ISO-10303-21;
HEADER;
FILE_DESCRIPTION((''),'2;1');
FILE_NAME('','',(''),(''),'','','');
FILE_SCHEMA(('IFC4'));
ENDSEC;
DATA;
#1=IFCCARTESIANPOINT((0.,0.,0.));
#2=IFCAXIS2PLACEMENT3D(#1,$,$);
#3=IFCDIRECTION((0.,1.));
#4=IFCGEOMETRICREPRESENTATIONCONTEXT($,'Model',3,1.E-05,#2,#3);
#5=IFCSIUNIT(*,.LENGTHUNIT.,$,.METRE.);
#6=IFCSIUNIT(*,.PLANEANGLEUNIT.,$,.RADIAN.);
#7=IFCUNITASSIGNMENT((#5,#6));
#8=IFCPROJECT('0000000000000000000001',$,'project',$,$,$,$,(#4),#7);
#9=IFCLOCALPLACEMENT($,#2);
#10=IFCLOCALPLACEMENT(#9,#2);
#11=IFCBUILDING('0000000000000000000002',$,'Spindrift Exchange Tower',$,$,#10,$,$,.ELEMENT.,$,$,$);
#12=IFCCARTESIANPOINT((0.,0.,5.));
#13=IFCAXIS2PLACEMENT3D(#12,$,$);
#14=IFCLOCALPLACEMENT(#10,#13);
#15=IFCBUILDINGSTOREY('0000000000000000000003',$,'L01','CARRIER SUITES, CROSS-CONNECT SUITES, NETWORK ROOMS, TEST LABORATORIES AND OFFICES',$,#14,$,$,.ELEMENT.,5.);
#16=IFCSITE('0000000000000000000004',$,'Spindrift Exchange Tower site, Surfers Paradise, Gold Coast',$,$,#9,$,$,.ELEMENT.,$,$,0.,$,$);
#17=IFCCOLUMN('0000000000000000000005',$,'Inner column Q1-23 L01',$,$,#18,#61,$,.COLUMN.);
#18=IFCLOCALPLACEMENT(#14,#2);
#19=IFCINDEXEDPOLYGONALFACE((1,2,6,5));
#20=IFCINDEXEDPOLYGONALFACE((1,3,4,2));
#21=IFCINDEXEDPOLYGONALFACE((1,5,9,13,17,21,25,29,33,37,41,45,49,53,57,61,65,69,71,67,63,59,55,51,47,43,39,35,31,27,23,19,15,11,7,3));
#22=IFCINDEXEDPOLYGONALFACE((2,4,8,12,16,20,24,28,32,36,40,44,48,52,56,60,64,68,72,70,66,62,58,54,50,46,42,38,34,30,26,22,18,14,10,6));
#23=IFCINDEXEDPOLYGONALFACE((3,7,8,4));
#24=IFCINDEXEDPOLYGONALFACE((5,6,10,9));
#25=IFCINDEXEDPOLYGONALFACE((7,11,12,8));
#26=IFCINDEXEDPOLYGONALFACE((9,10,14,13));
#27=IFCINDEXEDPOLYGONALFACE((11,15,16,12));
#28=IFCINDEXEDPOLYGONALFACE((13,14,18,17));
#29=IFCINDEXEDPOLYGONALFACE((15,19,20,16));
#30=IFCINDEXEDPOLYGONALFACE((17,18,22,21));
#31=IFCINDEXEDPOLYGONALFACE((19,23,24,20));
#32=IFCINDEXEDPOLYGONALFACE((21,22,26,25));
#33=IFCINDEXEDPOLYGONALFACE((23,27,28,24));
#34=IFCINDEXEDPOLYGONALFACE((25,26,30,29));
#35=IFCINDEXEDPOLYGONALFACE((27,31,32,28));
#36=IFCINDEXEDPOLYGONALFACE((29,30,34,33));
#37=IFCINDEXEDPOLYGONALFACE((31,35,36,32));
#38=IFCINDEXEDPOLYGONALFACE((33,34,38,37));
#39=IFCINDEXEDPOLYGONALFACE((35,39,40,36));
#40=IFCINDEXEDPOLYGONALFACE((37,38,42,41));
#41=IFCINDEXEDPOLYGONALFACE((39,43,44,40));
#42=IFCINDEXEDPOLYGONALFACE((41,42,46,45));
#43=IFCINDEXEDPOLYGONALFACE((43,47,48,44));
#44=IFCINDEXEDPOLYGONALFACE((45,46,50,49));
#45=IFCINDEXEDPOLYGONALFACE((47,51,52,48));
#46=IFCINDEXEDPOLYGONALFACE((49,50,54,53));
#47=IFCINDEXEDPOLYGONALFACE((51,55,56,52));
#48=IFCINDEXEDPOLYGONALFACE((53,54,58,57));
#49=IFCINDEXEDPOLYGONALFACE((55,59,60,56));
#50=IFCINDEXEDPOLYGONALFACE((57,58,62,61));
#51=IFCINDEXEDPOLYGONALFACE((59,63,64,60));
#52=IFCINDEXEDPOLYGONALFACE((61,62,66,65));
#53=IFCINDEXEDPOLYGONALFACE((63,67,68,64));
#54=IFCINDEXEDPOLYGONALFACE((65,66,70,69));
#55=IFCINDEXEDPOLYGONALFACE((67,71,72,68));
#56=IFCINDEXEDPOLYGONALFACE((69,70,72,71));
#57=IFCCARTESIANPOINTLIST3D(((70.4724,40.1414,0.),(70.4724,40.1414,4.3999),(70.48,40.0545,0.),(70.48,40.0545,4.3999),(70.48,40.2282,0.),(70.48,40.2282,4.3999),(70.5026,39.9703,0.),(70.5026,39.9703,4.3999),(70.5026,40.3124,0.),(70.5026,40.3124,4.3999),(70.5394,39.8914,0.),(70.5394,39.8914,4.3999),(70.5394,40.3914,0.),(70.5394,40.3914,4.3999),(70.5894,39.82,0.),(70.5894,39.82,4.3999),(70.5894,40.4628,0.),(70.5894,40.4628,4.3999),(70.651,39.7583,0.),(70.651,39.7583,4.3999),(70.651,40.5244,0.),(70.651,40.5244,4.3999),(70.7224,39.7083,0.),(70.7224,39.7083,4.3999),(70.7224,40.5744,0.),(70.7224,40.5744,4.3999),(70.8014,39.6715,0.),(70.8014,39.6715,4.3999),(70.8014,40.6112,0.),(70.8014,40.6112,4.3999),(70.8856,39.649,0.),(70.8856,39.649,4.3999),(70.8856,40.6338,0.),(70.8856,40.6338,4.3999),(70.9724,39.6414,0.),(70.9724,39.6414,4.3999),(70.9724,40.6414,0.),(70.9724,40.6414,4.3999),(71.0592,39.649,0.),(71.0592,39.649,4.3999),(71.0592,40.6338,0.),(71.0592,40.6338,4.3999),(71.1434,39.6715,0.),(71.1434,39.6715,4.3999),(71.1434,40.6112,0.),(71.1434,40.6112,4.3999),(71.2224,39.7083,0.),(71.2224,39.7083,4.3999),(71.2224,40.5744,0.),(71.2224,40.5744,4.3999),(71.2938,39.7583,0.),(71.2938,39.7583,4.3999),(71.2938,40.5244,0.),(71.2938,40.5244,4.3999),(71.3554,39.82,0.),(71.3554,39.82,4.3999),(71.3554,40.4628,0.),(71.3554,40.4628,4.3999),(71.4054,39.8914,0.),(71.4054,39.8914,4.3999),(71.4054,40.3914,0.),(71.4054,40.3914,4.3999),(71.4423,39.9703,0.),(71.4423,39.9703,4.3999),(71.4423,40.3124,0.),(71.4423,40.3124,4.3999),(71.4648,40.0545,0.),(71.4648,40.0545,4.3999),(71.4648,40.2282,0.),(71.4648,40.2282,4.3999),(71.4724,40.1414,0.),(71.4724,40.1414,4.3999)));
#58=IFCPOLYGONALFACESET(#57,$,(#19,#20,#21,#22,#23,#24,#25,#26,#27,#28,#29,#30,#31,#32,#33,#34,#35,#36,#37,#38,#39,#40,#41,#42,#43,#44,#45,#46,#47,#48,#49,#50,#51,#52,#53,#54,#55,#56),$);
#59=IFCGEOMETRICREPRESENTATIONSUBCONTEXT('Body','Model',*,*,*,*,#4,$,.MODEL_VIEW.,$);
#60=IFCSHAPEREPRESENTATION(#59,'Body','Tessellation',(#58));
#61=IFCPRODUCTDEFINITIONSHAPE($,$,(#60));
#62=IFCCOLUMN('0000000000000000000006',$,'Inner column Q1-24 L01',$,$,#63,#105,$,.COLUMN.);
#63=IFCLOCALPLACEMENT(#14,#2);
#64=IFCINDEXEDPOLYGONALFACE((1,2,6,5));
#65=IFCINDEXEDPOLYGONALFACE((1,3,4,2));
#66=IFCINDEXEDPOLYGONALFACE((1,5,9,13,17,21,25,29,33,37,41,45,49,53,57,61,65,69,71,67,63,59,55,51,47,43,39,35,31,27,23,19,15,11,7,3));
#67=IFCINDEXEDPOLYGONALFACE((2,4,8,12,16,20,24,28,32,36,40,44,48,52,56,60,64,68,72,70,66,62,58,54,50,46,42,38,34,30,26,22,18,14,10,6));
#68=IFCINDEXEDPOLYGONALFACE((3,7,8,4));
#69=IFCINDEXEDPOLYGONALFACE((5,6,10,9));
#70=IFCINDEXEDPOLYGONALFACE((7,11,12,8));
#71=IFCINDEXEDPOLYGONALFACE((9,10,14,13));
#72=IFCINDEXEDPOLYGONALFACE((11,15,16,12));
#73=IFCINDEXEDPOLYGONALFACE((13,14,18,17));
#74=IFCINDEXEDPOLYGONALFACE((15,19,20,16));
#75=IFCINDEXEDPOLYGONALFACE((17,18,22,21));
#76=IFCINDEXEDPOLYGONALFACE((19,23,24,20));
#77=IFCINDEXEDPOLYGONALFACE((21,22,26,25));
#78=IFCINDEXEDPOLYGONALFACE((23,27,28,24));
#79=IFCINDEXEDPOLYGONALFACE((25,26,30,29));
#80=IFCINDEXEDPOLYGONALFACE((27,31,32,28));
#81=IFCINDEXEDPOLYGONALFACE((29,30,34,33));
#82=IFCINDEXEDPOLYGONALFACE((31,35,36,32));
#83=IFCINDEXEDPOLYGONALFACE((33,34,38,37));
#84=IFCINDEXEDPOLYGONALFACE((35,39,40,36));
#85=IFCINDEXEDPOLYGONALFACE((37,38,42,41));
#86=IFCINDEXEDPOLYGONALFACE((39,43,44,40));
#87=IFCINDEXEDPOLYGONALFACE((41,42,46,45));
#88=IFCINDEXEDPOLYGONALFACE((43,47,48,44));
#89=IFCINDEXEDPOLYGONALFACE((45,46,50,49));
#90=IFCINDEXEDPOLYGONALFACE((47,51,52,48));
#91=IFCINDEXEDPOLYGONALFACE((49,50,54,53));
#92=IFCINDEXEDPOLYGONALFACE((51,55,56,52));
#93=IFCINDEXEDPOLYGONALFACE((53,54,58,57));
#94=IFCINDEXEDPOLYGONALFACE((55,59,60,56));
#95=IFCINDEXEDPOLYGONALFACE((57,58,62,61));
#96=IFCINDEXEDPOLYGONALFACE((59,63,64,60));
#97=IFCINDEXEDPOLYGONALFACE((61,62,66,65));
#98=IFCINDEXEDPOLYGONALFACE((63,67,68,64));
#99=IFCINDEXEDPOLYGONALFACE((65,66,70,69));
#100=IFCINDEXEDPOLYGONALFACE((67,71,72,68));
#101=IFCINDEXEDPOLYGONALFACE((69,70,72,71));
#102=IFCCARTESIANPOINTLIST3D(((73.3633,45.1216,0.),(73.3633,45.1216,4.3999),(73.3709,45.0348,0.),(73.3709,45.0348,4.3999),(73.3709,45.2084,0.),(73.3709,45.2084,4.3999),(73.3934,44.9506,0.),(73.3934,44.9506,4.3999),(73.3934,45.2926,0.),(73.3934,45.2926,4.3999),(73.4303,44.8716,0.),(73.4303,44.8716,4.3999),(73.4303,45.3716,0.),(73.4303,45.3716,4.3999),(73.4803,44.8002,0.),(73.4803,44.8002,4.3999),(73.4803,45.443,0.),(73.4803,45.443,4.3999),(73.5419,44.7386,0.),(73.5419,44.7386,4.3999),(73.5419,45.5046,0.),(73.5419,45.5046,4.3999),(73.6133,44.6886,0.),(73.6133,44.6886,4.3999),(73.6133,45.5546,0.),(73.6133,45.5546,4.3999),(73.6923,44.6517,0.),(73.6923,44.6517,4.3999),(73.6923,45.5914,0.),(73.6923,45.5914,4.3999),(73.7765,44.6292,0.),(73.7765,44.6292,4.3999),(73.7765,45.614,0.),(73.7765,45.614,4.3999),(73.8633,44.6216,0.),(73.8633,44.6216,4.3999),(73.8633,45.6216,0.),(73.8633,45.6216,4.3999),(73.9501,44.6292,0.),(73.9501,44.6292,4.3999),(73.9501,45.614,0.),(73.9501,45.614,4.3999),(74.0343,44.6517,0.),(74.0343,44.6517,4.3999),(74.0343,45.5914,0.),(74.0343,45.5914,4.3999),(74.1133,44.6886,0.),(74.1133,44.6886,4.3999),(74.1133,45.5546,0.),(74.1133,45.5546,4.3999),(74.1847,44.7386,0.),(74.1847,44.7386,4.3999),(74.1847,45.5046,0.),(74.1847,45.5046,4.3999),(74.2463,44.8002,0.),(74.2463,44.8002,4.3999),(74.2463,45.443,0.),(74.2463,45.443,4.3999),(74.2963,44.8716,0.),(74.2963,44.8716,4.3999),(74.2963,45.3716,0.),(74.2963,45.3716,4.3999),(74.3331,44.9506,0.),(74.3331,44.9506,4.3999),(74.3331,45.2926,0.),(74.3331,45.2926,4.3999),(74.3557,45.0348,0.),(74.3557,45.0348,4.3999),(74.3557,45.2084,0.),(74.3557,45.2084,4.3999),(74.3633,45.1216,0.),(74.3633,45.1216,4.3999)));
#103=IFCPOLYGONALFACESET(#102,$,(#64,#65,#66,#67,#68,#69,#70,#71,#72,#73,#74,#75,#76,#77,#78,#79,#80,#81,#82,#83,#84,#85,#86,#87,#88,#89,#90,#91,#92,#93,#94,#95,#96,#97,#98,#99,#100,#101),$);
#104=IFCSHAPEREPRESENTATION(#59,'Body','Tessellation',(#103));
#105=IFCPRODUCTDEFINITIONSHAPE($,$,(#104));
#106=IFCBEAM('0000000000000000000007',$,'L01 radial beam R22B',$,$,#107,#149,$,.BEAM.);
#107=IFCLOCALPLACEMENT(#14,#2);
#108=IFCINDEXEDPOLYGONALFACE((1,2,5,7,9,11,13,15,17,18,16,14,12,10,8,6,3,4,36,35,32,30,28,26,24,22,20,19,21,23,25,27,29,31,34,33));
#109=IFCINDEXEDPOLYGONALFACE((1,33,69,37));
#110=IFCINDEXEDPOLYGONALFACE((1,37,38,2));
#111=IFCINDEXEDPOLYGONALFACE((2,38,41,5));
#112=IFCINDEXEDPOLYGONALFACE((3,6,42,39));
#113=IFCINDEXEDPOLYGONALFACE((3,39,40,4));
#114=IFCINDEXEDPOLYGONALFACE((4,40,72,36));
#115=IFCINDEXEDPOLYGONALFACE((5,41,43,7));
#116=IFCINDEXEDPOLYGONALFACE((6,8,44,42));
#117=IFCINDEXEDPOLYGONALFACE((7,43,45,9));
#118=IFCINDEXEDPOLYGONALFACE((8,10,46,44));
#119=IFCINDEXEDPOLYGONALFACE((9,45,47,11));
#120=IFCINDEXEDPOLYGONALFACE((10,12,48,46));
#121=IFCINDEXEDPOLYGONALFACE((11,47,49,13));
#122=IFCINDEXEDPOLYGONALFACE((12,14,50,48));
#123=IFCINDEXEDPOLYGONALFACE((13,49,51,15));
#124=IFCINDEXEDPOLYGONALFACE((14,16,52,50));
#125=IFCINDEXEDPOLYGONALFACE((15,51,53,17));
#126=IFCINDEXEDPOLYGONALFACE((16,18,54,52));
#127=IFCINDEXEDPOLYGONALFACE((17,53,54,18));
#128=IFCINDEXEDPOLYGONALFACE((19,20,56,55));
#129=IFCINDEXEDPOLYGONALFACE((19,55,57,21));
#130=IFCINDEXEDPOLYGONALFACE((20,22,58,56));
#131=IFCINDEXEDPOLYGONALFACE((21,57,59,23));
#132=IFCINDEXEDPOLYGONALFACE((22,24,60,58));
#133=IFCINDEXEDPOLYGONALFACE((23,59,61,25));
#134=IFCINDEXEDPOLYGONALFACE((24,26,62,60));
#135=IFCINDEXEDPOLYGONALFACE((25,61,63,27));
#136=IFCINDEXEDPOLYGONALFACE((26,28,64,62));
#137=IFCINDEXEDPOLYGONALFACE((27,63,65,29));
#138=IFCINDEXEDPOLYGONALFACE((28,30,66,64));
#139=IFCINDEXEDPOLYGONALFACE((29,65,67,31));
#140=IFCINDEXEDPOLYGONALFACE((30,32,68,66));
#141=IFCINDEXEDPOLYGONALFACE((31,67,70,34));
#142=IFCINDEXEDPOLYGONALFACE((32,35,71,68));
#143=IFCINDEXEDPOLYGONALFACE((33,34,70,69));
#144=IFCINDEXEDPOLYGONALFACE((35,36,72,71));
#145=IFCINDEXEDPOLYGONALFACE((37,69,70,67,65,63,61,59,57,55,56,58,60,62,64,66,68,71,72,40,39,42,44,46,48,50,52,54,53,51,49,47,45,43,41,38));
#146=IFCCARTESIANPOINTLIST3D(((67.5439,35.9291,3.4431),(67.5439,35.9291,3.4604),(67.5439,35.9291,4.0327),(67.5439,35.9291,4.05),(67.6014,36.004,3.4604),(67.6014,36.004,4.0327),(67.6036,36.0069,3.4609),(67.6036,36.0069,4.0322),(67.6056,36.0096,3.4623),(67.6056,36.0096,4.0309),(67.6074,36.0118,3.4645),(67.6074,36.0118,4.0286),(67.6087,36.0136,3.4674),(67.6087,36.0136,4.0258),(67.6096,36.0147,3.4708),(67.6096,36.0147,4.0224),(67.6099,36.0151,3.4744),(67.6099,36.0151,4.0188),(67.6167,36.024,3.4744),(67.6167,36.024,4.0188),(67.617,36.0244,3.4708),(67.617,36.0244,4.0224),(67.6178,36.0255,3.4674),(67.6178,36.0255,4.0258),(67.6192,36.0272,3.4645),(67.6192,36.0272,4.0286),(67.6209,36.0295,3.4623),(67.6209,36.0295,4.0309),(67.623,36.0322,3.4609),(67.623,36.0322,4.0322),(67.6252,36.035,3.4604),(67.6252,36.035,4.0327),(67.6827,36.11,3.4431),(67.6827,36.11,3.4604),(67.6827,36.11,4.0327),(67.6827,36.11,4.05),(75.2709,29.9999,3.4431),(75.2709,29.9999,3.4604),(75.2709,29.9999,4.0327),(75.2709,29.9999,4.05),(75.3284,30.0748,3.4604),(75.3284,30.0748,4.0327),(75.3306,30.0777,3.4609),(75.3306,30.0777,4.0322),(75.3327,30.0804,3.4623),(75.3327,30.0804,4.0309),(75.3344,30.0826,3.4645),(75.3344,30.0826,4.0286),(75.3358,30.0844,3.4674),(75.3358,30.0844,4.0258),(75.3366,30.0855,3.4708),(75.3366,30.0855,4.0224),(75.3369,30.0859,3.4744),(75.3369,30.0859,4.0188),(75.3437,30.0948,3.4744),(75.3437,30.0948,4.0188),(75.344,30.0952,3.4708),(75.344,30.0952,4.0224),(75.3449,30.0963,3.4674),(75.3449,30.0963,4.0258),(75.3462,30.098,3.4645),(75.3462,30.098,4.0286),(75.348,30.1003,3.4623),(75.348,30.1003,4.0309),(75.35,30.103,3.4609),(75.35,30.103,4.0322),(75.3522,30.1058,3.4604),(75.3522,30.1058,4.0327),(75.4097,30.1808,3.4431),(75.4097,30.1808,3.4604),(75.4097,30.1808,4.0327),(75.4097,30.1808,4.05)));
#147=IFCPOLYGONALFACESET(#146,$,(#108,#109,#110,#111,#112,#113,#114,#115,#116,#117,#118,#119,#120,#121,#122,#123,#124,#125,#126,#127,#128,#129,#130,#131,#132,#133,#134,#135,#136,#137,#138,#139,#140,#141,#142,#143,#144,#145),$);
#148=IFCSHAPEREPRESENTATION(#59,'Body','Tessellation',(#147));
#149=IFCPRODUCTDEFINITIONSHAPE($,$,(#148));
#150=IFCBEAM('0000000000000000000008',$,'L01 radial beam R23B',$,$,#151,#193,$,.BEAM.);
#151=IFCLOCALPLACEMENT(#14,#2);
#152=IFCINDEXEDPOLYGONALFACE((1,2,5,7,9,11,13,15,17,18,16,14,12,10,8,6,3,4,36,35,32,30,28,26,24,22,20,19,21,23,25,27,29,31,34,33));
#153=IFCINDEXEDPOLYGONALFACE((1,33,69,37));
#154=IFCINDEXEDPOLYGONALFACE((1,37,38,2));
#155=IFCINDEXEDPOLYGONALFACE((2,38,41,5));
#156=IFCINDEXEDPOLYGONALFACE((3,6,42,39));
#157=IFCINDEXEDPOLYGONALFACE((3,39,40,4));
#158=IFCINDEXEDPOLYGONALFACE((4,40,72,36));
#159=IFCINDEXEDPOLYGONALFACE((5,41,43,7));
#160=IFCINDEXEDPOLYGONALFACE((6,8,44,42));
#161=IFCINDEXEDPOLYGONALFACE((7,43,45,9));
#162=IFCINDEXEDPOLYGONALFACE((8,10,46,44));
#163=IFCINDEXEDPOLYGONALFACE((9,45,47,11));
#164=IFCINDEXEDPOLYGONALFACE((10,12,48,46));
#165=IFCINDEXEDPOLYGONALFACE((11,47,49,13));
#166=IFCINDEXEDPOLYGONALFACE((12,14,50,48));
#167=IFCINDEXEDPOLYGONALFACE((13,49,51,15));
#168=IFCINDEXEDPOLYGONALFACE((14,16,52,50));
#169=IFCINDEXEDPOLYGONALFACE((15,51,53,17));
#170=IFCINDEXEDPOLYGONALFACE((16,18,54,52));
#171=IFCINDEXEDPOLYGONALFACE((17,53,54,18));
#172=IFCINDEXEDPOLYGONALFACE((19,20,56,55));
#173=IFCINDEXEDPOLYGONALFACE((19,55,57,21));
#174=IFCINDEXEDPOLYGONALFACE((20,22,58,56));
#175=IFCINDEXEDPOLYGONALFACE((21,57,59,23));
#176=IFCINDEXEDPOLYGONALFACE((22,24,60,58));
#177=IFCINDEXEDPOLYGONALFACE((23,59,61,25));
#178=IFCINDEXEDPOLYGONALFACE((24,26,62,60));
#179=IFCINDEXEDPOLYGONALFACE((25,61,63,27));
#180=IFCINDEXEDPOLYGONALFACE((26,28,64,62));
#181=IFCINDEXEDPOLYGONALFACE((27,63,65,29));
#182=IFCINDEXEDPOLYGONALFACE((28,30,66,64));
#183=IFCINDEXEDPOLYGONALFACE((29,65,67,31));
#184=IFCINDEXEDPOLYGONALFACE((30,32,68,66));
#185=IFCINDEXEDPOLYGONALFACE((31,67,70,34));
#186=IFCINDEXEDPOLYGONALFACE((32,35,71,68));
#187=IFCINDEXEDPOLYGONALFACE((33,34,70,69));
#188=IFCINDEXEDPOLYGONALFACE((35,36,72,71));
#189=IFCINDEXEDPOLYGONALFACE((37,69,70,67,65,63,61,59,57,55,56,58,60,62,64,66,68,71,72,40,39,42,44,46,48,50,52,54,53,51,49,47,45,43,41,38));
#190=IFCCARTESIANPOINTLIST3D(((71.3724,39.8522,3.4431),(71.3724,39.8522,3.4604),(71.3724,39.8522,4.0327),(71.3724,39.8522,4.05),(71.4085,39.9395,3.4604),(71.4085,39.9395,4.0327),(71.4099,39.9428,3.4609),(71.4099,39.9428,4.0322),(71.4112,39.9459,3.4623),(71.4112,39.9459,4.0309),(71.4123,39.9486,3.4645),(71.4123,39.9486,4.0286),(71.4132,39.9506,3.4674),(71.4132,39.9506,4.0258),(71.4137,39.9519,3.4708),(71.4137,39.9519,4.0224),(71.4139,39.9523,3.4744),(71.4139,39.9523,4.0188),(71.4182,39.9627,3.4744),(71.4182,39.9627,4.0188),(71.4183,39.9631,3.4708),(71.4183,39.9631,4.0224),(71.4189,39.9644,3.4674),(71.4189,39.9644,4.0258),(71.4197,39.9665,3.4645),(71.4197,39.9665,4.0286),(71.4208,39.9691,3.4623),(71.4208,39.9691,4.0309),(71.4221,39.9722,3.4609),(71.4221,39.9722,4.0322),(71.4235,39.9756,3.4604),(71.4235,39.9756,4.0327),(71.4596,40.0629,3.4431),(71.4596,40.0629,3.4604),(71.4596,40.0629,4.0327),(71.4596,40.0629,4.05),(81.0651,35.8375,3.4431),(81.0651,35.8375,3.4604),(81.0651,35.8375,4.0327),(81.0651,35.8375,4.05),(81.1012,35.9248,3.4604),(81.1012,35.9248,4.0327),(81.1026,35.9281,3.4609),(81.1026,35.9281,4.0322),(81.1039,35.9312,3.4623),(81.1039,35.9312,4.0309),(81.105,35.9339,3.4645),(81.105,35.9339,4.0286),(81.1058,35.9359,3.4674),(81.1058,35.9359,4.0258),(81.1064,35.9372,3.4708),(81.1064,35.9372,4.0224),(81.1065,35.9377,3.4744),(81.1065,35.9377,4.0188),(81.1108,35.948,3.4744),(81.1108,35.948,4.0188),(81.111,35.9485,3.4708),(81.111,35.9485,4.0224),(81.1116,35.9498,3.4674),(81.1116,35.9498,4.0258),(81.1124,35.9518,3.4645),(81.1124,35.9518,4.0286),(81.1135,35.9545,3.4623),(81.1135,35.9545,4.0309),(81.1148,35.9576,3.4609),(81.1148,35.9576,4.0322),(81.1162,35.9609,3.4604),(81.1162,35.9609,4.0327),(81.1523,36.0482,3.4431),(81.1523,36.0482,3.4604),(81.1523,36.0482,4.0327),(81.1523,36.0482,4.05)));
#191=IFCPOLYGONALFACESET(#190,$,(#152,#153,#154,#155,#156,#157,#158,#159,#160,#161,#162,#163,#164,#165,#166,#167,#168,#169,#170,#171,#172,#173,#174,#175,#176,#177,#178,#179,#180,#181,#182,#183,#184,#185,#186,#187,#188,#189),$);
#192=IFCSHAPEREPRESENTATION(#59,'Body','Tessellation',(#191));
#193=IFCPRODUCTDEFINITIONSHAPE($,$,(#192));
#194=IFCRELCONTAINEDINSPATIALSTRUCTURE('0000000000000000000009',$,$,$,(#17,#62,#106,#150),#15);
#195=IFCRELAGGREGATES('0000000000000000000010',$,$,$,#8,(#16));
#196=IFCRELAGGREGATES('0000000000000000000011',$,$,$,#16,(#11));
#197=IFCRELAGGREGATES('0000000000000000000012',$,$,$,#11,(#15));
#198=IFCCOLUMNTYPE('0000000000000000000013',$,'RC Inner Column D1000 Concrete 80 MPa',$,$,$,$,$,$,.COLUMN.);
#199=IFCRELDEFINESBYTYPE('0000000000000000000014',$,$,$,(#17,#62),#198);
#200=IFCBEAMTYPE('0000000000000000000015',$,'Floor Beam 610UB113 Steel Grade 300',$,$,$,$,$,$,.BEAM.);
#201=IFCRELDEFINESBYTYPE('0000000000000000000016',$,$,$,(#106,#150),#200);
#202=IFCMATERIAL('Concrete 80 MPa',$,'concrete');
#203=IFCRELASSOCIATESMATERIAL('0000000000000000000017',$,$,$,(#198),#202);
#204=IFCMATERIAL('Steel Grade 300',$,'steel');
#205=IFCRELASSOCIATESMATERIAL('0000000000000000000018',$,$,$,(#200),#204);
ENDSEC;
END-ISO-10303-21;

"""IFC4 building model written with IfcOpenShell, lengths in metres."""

from ifc_helpers import new_model, si_unit, direction, frame, origin, origin_2d, place, context, subcontext, project, spatial, circle, i_section, extrude, source, transform, mapped, material, material_profile, profile_set, type_object, element, save


model = new_model("IFC4")

# Units and contexts
model_context = context("Model", 3, precision=1e-05, world=origin(), true_north=direction((0.0, 1.0)))
body_context = subcontext(model_context, "Body", "Model", "MODEL_VIEW")
ifc_project = project(units=[si_unit("LENGTHUNIT", "METRE"), si_unit("PLANEANGLEUNIT", "RADIAN")], contexts=[model_context])

# Site, building, storey
site_placement = place(None, origin())
site = spatial("IfcSite", under=ifc_project, at=site_placement, Name="Spindrift Exchange Tower site, Surfers Paradise, Gold Coast", CompositionType="ELEMENT", RefElevation=0.0)
building_placement = place(site_placement, origin())
building = spatial("IfcBuilding", under=site, at=building_placement, Name="Spindrift Exchange Tower", CompositionType="ELEMENT")
storey_placement = place(building_placement, frame((0.0, 0.0, 5.0)))
storey = spatial("IfcBuildingStorey", under=building, at=storey_placement, Name="L01", Description="CARRIER SUITES, CROSS-CONNECT SUITES, NETWORK ROOMS, TEST LABORATORIES AND OFFICES", CompositionType="ELEMENT", Elevation=5.0)

# Columns
ifc_material_1 = material(Name="Concrete 80 MPa", Category="concrete")
ifc_material_profile_1 = material_profile(ifc_material_1, circle(Radius=0.5, at=origin_2d()), Name="RC D1000")
ifc_profile_set_1 = profile_set([ifc_material_profile_1], Name="Concrete 80 MPa")
column_type_1 = type_object("IfcColumnType", Name="RC Inner Column D1000 Concrete 80 MPa", PredefinedType="COLUMN", material=ifc_profile_set_1)
shared_shape_1 = source(origin(), body_context, "Body", "SweptSolid", [
    extrude(circle(Radius=0.5, at=origin_2d()), origin(), (0.0, 0.0, 1.0), 4.3999),
])
for number, where, z_axis, x_axis, name in (
    (1, (70.9724, 40.1414, 0.0), (0.0, 0.0, 1.0), (1.0, 0.0, 0.0), "Inner column Q1-23 L01"),
    (2, (73.8633, 45.1216, 0.0), (0.0, 0.0, 1.0), (1.0, 0.0, 0.0), "Inner column Q1-24 L01"),
):
    element("IfcColumn", number, at=place(storey_placement, frame(where, z_axis=z_axis, x_axis=x_axis)), inside=storey, type_object=column_type_1, Name=name, PredefinedType="COLUMN", context=body_context, shape_type="MappedRepresentation", body=[
        mapped(shared_shape_1, transform((0.0, 0.0, 0.0), scale=1.0)),
    ])

# Beams
ifc_material_2 = material(Name="Steel Grade 300", Category="steel")
ifc_material_profile_2 = material_profile(ifc_material_2, i_section(OverallWidth=0.228, OverallDepth=0.6069, WebThickness=0.0112, FlangeThickness=0.0173, FilletRadius=0.0139, at=origin_2d()), Name="610UB113")
ifc_profile_set_2 = profile_set([ifc_material_profile_2], Name="Steel Grade 300")
beam_type_1 = type_object("IfcBeamType", Name="Floor Beam 610UB113 Steel Grade 300", PredefinedType="BEAM", material=ifc_profile_set_2)
shared_shape_2 = source(origin(), body_context, "Body", "SweptSolid", [
    extrude(i_section(OverallWidth=0.228, OverallDepth=0.6069, WebThickness=0.0112, FlangeThickness=0.0173, FilletRadius=0.0139, at=origin_2d()), origin(), (0.0, 0.0, 1.0), 9.7397),
])
beam_1_placement = place(storey_placement, frame((67.6133, 36.0195, 3.7466), z_axis=(0.793352, -0.608763, 0.0), x_axis=(0.608763, 0.793352, 0.0)))
element("IfcBeam", 3, at=beam_1_placement, inside=storey, type_object=beam_type_1, Name="L01 radial beam R22B", PredefinedType="BEAM", context=body_context, shape_type="MappedRepresentation", body=[
    mapped(shared_shape_2, transform((0.0, 0.0, 0.0), scale=1.0)),
])
shared_shape_3 = source(origin(), body_context, "Body", "SweptSolid", [
    extrude(i_section(OverallWidth=0.228, OverallDepth=0.6069, WebThickness=0.0112, FlangeThickness=0.0173, FilletRadius=0.0139, at=origin_2d()), origin(), (0.0, 0.0, 1.0), 10.4912),
])
beam_2_placement = place(storey_placement, frame((71.416, 39.9575, 3.7466), z_axis=(0.923885, -0.38267, 0.0), x_axis=(0.38267, 0.923885, 0.0)))
element("IfcBeam", 4, at=beam_2_placement, inside=storey, type_object=beam_type_1, Name="L01 radial beam R23B", PredefinedType="BEAM", context=body_context, shape_type="MappedRepresentation", body=[
    mapped(shared_shape_3, transform((0.0, 0.0, 0.0), scale=1.0)),
])

save(model, "model.ifc")
